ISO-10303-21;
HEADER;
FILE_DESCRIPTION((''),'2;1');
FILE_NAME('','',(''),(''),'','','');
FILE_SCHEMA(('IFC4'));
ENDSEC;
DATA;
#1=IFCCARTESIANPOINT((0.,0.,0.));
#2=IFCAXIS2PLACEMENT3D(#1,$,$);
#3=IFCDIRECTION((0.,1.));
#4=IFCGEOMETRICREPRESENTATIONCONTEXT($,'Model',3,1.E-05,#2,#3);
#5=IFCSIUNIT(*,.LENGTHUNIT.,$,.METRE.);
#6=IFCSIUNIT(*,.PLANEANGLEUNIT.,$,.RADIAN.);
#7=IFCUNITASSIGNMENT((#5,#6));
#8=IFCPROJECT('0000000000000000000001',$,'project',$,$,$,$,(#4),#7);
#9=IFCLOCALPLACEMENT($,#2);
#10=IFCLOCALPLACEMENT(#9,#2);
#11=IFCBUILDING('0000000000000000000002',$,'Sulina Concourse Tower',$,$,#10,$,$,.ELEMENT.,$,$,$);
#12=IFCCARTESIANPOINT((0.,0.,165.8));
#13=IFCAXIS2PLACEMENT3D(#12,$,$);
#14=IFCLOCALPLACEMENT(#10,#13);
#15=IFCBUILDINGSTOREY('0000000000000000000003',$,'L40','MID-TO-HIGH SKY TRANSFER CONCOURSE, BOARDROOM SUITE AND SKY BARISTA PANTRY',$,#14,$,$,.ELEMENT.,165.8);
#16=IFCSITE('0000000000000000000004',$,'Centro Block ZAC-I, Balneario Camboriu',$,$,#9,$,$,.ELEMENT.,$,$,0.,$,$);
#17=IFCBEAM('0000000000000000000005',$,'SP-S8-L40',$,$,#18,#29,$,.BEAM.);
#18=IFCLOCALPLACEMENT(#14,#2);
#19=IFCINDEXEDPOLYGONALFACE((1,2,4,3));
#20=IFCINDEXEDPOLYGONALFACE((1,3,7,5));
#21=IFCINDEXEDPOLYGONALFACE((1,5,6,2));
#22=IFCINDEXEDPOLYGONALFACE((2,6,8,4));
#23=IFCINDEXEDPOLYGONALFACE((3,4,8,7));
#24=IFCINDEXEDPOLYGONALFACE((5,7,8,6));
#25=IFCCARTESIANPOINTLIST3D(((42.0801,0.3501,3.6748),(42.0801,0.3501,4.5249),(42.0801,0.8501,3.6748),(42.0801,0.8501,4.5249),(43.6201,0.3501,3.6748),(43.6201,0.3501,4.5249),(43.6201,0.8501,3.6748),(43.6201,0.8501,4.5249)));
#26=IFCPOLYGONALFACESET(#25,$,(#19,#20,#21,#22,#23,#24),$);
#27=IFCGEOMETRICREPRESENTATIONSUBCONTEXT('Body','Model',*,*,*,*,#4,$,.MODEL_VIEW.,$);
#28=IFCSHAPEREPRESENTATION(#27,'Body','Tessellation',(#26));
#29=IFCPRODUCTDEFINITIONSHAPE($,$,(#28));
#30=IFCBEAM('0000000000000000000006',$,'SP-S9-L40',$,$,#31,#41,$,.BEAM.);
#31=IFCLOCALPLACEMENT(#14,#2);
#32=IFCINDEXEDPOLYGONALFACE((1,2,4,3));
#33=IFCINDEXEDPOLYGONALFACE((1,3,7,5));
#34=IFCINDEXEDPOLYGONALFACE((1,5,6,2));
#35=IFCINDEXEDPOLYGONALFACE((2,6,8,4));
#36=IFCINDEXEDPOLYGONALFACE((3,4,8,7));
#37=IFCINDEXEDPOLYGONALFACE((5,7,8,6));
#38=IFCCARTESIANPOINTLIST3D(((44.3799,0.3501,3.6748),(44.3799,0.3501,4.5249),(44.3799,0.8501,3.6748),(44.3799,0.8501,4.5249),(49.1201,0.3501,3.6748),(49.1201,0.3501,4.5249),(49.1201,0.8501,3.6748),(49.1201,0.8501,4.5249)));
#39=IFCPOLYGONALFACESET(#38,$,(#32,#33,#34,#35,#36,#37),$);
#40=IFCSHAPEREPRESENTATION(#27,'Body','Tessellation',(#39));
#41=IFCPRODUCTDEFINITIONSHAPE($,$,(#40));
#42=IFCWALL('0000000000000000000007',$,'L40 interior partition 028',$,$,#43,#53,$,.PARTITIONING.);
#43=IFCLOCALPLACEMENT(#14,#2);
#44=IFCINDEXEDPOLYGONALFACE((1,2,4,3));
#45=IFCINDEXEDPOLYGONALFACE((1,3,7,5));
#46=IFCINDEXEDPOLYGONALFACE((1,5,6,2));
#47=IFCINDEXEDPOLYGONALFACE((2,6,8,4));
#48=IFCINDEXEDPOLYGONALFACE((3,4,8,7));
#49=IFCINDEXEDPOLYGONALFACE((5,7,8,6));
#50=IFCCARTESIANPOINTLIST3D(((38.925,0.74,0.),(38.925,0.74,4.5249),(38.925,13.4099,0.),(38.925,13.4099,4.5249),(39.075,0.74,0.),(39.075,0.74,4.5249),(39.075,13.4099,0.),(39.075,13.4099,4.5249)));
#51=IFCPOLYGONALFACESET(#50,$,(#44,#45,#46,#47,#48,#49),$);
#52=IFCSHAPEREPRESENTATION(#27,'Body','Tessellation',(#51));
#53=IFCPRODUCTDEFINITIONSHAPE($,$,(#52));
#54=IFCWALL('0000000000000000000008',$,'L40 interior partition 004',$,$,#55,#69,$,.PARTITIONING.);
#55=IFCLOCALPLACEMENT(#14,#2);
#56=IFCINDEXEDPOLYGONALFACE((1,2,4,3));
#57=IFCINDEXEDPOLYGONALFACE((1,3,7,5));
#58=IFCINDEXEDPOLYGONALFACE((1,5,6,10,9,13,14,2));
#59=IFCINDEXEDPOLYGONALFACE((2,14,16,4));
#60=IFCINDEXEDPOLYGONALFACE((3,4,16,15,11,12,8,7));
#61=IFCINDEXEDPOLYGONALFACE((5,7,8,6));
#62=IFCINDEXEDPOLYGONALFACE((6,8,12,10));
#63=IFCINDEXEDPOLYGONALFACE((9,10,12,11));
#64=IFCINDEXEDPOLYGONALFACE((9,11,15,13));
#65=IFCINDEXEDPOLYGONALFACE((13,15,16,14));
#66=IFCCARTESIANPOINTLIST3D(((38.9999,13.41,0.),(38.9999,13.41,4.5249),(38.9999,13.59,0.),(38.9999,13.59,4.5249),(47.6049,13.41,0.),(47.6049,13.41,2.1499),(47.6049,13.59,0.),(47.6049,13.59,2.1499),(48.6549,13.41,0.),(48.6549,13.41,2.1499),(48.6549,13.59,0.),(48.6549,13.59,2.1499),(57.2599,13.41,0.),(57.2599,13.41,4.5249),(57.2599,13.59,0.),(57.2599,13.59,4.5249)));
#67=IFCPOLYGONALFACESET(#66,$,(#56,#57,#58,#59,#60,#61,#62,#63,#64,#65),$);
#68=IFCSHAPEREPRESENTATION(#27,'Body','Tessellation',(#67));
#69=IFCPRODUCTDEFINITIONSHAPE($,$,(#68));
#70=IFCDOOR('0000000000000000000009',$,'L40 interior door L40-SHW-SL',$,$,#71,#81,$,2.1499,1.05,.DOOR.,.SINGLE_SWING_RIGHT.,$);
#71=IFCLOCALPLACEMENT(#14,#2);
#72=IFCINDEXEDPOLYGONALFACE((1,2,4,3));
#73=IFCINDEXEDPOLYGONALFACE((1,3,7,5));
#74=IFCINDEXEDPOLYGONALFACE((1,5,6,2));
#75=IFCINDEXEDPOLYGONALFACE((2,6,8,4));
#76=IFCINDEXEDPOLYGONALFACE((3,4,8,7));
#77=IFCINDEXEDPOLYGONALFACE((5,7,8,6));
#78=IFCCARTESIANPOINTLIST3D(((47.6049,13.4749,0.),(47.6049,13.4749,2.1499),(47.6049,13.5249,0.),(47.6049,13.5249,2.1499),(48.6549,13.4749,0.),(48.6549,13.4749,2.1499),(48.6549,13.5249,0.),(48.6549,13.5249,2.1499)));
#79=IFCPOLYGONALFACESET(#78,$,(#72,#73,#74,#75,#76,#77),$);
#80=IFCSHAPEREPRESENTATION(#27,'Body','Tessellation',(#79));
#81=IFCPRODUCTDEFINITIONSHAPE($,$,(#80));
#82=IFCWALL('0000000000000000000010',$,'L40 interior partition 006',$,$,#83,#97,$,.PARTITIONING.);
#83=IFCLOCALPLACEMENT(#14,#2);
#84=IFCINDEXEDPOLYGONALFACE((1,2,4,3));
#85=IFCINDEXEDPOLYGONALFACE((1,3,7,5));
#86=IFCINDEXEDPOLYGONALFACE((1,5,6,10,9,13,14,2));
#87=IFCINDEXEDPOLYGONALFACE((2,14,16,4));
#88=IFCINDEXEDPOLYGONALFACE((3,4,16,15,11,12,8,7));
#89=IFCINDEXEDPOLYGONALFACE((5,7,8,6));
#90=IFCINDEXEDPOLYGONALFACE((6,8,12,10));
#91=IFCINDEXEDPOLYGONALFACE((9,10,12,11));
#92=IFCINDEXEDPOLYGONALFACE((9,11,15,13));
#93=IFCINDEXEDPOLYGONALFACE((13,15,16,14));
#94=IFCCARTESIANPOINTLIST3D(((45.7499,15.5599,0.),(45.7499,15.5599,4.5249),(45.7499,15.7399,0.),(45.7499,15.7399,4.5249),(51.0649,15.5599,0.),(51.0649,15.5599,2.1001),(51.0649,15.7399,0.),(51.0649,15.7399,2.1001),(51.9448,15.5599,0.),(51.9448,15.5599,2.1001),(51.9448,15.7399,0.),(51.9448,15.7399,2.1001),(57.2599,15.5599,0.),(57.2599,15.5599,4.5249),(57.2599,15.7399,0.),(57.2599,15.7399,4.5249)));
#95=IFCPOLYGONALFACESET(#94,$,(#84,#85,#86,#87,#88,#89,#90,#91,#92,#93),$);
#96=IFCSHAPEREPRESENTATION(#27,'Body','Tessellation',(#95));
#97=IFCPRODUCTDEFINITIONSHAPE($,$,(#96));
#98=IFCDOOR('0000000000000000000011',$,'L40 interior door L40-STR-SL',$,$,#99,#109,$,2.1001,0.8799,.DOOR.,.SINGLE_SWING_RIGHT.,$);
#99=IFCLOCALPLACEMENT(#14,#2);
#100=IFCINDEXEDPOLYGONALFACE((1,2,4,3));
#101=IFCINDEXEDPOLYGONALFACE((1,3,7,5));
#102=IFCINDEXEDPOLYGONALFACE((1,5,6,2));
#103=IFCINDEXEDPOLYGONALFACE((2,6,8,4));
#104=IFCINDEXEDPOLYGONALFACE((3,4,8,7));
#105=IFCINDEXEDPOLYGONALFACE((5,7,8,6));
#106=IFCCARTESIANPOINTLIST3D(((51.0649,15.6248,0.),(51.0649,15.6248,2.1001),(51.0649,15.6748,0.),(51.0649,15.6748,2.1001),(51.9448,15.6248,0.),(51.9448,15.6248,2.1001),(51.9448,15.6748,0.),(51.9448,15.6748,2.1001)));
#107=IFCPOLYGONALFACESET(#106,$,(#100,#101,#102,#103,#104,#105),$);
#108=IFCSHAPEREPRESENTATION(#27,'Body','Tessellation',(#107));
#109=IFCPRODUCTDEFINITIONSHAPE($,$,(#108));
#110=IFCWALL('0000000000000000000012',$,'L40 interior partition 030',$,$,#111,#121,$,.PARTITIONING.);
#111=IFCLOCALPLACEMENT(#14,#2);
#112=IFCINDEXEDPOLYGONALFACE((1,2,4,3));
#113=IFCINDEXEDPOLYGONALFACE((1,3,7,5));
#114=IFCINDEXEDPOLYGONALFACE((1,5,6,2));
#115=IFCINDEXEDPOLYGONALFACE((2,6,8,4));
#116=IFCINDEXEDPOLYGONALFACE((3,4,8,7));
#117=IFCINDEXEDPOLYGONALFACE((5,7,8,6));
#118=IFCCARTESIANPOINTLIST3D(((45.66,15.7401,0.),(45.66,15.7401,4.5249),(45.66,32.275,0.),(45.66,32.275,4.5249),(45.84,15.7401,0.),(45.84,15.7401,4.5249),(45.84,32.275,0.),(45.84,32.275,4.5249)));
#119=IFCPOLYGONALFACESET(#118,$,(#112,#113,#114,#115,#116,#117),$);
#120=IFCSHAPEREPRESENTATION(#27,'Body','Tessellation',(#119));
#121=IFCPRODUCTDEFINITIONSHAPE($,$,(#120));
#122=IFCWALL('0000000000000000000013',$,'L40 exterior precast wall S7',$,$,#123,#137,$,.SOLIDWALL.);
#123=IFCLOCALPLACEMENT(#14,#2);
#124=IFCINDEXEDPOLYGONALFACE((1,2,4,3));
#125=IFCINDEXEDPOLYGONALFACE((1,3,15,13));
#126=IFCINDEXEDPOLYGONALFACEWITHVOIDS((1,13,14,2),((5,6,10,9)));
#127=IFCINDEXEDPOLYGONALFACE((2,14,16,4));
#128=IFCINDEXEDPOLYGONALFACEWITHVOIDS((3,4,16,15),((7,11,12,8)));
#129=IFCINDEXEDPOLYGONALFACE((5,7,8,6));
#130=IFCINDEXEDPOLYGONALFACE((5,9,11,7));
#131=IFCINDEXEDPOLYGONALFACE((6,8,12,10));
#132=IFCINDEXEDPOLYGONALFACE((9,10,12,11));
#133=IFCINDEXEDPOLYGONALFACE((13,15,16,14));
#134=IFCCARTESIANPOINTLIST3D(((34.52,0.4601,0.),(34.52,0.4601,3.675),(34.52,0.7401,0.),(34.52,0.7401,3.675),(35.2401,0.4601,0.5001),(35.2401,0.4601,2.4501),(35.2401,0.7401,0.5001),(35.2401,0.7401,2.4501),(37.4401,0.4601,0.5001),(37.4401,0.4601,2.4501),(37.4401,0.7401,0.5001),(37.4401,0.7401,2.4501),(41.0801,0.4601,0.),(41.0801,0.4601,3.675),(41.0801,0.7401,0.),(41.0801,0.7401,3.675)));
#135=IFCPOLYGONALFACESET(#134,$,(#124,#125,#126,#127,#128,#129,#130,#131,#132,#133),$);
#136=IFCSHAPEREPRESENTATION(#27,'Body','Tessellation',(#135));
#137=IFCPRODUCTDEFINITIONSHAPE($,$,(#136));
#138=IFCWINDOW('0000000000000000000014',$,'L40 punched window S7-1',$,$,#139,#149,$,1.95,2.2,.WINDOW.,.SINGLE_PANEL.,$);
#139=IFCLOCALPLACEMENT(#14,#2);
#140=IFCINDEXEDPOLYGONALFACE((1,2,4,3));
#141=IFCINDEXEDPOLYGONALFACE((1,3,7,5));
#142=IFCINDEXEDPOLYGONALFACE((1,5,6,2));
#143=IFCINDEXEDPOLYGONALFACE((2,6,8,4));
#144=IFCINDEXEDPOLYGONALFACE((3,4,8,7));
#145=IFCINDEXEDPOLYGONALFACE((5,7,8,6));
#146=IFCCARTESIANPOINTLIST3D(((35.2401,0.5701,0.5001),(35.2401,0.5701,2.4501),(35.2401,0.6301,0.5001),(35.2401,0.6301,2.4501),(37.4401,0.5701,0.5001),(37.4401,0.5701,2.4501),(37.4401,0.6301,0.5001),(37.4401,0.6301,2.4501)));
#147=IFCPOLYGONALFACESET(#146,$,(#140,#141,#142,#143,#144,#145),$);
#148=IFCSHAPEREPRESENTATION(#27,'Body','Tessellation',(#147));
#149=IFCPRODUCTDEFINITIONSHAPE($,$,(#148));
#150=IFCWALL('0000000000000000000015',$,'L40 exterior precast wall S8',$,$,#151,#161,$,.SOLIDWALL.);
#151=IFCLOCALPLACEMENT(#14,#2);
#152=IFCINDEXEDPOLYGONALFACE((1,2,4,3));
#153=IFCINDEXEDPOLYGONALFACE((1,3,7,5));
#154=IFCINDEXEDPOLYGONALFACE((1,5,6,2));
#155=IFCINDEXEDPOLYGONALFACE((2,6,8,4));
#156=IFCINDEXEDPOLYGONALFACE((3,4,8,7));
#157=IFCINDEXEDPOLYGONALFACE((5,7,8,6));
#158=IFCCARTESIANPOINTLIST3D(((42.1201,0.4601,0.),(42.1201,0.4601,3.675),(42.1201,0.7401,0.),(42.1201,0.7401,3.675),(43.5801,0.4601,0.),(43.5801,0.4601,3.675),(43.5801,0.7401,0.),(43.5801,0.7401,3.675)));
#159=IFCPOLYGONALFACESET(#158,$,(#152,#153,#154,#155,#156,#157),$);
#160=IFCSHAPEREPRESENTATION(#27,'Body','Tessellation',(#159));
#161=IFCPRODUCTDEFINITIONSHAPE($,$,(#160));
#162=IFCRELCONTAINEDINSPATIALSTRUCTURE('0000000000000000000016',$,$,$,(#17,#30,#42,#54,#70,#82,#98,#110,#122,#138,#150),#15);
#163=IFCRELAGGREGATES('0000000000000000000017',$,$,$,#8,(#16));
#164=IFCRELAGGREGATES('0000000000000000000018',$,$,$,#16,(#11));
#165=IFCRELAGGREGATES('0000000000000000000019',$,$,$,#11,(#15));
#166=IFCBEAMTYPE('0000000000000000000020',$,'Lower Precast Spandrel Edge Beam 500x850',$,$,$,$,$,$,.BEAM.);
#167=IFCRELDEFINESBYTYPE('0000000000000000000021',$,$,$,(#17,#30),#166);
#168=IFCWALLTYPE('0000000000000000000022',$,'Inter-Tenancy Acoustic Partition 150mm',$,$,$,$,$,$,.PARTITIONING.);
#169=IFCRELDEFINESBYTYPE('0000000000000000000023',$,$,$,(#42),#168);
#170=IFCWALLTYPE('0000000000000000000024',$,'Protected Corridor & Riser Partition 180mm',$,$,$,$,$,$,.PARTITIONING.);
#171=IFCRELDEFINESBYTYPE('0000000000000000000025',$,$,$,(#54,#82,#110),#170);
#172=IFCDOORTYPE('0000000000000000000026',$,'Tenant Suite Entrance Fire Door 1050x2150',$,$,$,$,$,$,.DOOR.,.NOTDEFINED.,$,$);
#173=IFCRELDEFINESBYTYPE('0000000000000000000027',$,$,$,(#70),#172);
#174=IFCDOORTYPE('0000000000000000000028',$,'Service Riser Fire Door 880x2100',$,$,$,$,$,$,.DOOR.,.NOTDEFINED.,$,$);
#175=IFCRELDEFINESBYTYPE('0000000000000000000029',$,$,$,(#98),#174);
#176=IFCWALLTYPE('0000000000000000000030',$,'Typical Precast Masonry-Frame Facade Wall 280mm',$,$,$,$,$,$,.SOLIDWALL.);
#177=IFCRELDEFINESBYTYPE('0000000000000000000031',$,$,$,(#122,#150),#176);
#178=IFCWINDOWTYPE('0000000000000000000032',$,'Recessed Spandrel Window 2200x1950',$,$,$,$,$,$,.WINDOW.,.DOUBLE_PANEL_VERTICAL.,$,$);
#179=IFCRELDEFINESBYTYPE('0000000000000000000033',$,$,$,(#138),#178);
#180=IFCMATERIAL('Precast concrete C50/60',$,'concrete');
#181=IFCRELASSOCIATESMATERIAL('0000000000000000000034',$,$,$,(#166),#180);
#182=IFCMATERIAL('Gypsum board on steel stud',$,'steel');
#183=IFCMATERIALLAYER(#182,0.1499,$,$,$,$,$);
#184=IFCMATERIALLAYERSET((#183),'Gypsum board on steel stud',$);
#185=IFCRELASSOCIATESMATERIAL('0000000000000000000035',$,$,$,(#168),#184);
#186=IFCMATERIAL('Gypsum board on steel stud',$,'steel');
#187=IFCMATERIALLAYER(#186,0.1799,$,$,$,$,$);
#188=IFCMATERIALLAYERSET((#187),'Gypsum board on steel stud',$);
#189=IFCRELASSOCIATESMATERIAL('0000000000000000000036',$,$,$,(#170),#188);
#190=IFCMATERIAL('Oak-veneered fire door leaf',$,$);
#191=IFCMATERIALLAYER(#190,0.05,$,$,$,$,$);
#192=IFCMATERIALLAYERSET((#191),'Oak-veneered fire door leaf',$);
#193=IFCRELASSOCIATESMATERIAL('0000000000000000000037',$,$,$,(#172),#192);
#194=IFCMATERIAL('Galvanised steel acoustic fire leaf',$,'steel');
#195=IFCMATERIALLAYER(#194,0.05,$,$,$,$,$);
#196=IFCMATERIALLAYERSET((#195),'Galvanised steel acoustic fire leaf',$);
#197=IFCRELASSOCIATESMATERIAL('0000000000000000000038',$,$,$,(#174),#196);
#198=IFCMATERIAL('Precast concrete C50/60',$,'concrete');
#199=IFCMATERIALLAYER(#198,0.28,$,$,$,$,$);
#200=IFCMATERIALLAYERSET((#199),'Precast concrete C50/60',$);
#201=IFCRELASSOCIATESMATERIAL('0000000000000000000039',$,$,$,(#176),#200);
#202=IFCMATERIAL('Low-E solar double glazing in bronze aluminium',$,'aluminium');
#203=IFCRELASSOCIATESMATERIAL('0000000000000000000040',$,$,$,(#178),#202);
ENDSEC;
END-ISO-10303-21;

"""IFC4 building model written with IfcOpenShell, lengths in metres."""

from ifc_helpers import new_model, si_unit, direction, frame, frame_2d, origin, origin_2d, place, context, subcontext, project, spatial, rectangle, extrude, material, layer, layer_set, material_profile, profile_set, type_object, element, fill, save


model = new_model("IFC4")

# Units and contexts
model_context = context("Model", 3, precision=1e-05, world=origin(), true_north=direction((0.0, 1.0)))
body_context = subcontext(model_context, "Body", "Model", "MODEL_VIEW")
ifc_project = project(units=[si_unit("LENGTHUNIT", "METRE"), si_unit("PLANEANGLEUNIT", "RADIAN")], contexts=[model_context])

# Site, building, storey
site_placement = place(None, origin())
site = spatial("IfcSite", under=ifc_project, at=site_placement, Name="Centro Block ZAC-I, Balneario Camboriu", CompositionType="ELEMENT", RefElevation=0.0)
building_placement = place(site_placement, origin())
building = spatial("IfcBuilding", under=site, at=building_placement, Name="Sulina Concourse Tower", CompositionType="ELEMENT")
storey_placement = place(building_placement, frame((0.0, 0.0, 165.8)))
storey = spatial("IfcBuildingStorey", under=building, at=storey_placement, Name="L40", Description="MID-TO-HIGH SKY TRANSFER CONCOURSE, BOARDROOM SUITE AND SKY BARISTA PANTRY", CompositionType="ELEMENT", Elevation=165.8)

# Beams
ifc_material_1 = material(Name="Precast concrete C50/60", Category="concrete")
ifc_material_profile_1 = material_profile(ifc_material_1, rectangle(XDim=0.5, YDim=0.8501, at=origin_2d()), Name="RC 500x850")
ifc_profile_set_1 = profile_set([ifc_material_profile_1], Name="Precast concrete C50/60")
beam_type_1 = type_object("IfcBeamType", Name="Lower Precast Spandrel Edge Beam 500x850", PredefinedType="BEAM", material=ifc_profile_set_1)
beam_1_placement = place(storey_placement, frame((42.0801, 0.6001, 4.0999), z_axis=(1.0, 0.0, 0.0), x_axis=(0.0, 1.0, 0.0)))
element("IfcBeam", 1, at=beam_1_placement, inside=storey, type_object=beam_type_1, Name="SP-S8-L40", PredefinedType="BEAM", context=body_context, shape_type="SweptSolid", body=[
    extrude(rectangle(XDim=0.5, YDim=0.8501, at=origin_2d()), origin(), (0.0, 0.0, 1.0), 1.54),
])
beam_2_placement = place(storey_placement, frame((44.3799, 0.6001, 4.0999), z_axis=(1.0, 0.0, 0.0), x_axis=(0.0, 1.0, 0.0)))
element("IfcBeam", 2, at=beam_2_placement, inside=storey, type_object=beam_type_1, Name="SP-S9-L40", PredefinedType="BEAM", context=body_context, shape_type="SweptSolid", body=[
    extrude(rectangle(XDim=0.5, YDim=0.8501, at=origin_2d()), origin(), (0.0, 0.0, 1.0), 4.7402),
])

# Wall
ifc_material_2 = material(Name="Gypsum board on steel stud", Category="steel")
ifc_layer_1 = layer(ifc_material_2, 0.1499)
ifc_layer_set_1 = layer_set([ifc_layer_1], Name="Gypsum board on steel stud")
wall_type_1 = type_object("IfcWallType", Name="Inter-Tenancy Acoustic Partition 150mm", PredefinedType="PARTITIONING", material=ifc_layer_set_1)
wall_1_placement = place(storey_placement, frame((39.0, 0.74, 0.0), z_axis=(0.0, 0.0, 1.0), x_axis=(0.0, 1.0, 0.0)))
element("IfcWall", 3, at=wall_1_placement, inside=storey, type_object=wall_type_1, Name="L40 interior partition 028", PredefinedType="PARTITIONING", context=body_context, shape_type="SweptSolid", body=[
    extrude(rectangle(XDim=12.6699, YDim=0.1499, at=frame_2d((6.335, 0.0))), origin(), (0.0, 0.0, 1.0), 4.5249),
])

# Walls, openings, doors
ifc_material_3 = material(Name="Gypsum board on steel stud", Category="steel")
ifc_layer_2 = layer(ifc_material_3, 0.1799)
ifc_layer_set_2 = layer_set([ifc_layer_2], Name="Gypsum board on steel stud")
wall_type_2 = type_object("IfcWallType", Name="Protected Corridor & Riser Partition 180mm", PredefinedType="PARTITIONING", material=ifc_layer_set_2)
wall_2_placement = place(storey_placement, frame((39.0, 13.5, 0.0), z_axis=(0.0, 0.0, 1.0), x_axis=(1.0, 0.0, 0.0)))
wall_2 = element("IfcWall", 4, at=wall_2_placement, inside=storey, type_object=wall_type_2, Name="L40 interior partition 004", PredefinedType="PARTITIONING", context=body_context, shape_type="SweptSolid", body=[
    extrude(rectangle(XDim=18.26, YDim=0.1799, at=frame_2d((9.1299, 0.0))), origin(), (0.0, 0.0, 1.0), 4.5249),
])
opening_1_placement = place(wall_2_placement, frame((8.605, 0.0, 0.0)))
opening_1 = element("IfcOpeningElement", 5, at=opening_1_placement, cuts=wall_2, PredefinedType="OPENING", context=body_context, shape_type="SweptSolid", body=[
    extrude(rectangle(XDim=1.05, YDim=2.1499, at=frame_2d((0.5249, 1.075))), frame((0.0, 0.0999, 0.0), z_axis=(0.0, -1.0, 0.0), x_axis=(1.0, 0.0, 0.0)), (0.0, 0.0, 1.0), 0.2),
])
ifc_material_4 = material(Name="Oak-veneered fire door leaf")
ifc_layer_3 = layer(ifc_material_4, 0.05)
ifc_layer_set_3 = layer_set([ifc_layer_3], Name="Oak-veneered fire door leaf")
door_type_1 = type_object("IfcDoorType", Name="Tenant Suite Entrance Fire Door 1050x2150", OperationType="NOTDEFINED", PredefinedType="DOOR", material=ifc_layer_set_3)
door_1_placement = place(opening_1_placement, origin())
door_1 = element("IfcDoor", 6, at=door_1_placement, inside=storey, type_object=door_type_1, Name="L40 interior door L40-SHW-SL", OperationType="SINGLE_SWING_RIGHT", OverallHeight=2.1499, OverallWidth=1.05, PredefinedType="DOOR", context=body_context, shape_type="SweptSolid", body=[
    extrude(rectangle(XDim=1.05, YDim=2.1499, at=frame_2d((0.5249, 1.075))), frame((0.0, 0.0249, 0.0), z_axis=(0.0, -1.0, 0.0), x_axis=(1.0, 0.0, 0.0)), (0.0, 0.0, 1.0), 0.05),
])
fill(opening_1, door_1)
wall_3_placement = place(storey_placement, frame((45.75, 15.6499, 0.0), z_axis=(0.0, 0.0, 1.0), x_axis=(1.0, 0.0, 0.0)))
wall_3 = element("IfcWall", 7, at=wall_3_placement, inside=storey, type_object=wall_type_2, Name="L40 interior partition 006", PredefinedType="PARTITIONING", context=body_context, shape_type="SweptSolid", body=[
    extrude(rectangle(XDim=11.51, YDim=0.1799, at=frame_2d((5.7549, 0.0))), origin(), (0.0, 0.0, 1.0), 4.5249),
])
opening_2_placement = place(wall_3_placement, frame((5.3149, 0.0, 0.0)))
opening_2 = element("IfcOpeningElement", 8, at=opening_2_placement, cuts=wall_3, PredefinedType="OPENING", context=body_context, shape_type="SweptSolid", body=[
    extrude(rectangle(XDim=0.8799, YDim=2.1001, at=frame_2d((0.4399, 1.05))), frame((0.0, 0.0999, 0.0), z_axis=(0.0, -1.0, 0.0), x_axis=(1.0, 0.0, 0.0)), (0.0, 0.0, 1.0), 0.2),
])
ifc_material_5 = material(Name="Galvanised steel acoustic fire leaf", Category="steel")
ifc_layer_4 = layer(ifc_material_5, 0.05)
ifc_layer_set_4 = layer_set([ifc_layer_4], Name="Galvanised steel acoustic fire leaf")
door_type_2 = type_object("IfcDoorType", Name="Service Riser Fire Door 880x2100", OperationType="NOTDEFINED", PredefinedType="DOOR", material=ifc_layer_set_4)
door_2_placement = place(opening_2_placement, origin())
door_2 = element("IfcDoor", 9, at=door_2_placement, inside=storey, type_object=door_type_2, Name="L40 interior door L40-STR-SL", OperationType="SINGLE_SWING_RIGHT", OverallHeight=2.1001, OverallWidth=0.8799, PredefinedType="DOOR", context=body_context, shape_type="SweptSolid", body=[
    extrude(rectangle(XDim=0.8799, YDim=2.1001, at=frame_2d((0.4399, 1.05))), frame((0.0, 0.0249, 0.0), z_axis=(0.0, -1.0, 0.0), x_axis=(1.0, 0.0, 0.0)), (0.0, 0.0, 1.0), 0.05),
])
fill(opening_2, door_2)

# Wall
wall_4_placement = place(storey_placement, frame((45.75, 15.74, 0.0), z_axis=(0.0, 0.0, 1.0), x_axis=(0.0, 1.0, 0.0)))
element("IfcWall", 10, at=wall_4_placement, inside=storey, type_object=wall_type_2, Name="L40 interior partition 030", PredefinedType="PARTITIONING", context=body_context, shape_type="SweptSolid", body=[
    extrude(rectangle(XDim=16.5349, YDim=0.1799, at=frame_2d((8.2676, 0.0))), origin(), (0.0, 0.0, 1.0), 4.5249),
])

# Wall, opening, window
ifc_material_6 = material(Name="Precast concrete C50/60", Category="concrete")
ifc_layer_5 = layer(ifc_material_6, 0.28)
ifc_layer_set_5 = layer_set([ifc_layer_5], Name="Precast concrete C50/60")
wall_type_3 = type_object("IfcWallType", Name="Typical Precast Masonry-Frame Facade Wall 280mm", PredefinedType="SOLIDWALL", material=ifc_layer_set_5)
wall_5_placement = place(storey_placement, frame((41.0801, 0.6001, 0.0), z_axis=(0.0, 0.0, 1.0), x_axis=(-1.0, 0.0, 0.0)))
wall_5 = element("IfcWall", 11, at=wall_5_placement, inside=storey, type_object=wall_type_3, Name="L40 exterior precast wall S7", PredefinedType="SOLIDWALL", context=body_context, shape_type="SweptSolid", body=[
    extrude(rectangle(XDim=6.5601, YDim=0.28, at=frame_2d((3.28, 0.0))), origin(), (0.0, 0.0, 1.0), 3.675),
])
opening_3_placement = place(wall_5_placement, frame((3.6399, 0.0, 0.5)))
opening_3 = element("IfcOpeningElement", 12, at=opening_3_placement, cuts=wall_5, PredefinedType="OPENING", context=body_context, shape_type="SweptSolid", body=[
    extrude(rectangle(XDim=2.2, YDim=1.95, at=frame_2d((1.1001, 0.9751))), frame((0.0, 0.1499, 0.0), z_axis=(0.0, -1.0, 0.0), x_axis=(1.0, 0.0, 0.0)), (0.0, 0.0, 1.0), 0.3),
])
ifc_material_7 = material(Name="Low-E solar double glazing in bronze aluminium", Category="aluminium")
window_type = type_object("IfcWindowType", Name="Recessed Spandrel Window 2200x1950", PartitioningType="DOUBLE_PANEL_VERTICAL", PredefinedType="WINDOW", material=ifc_material_7)
window_placement = place(opening_3_placement, origin())
window = element("IfcWindow", 13, at=window_placement, inside=storey, type_object=window_type, Name="L40 punched window S7-1", OverallHeight=1.95, OverallWidth=2.2, PartitioningType="SINGLE_PANEL", PredefinedType="WINDOW", context=body_context, shape_type="SweptSolid", body=[
    extrude(rectangle(XDim=2.2, YDim=1.95, at=frame_2d((1.1001, 0.9751))), frame((0.0, 0.03, 0.0), z_axis=(0.0, -1.0, 0.0), x_axis=(1.0, 0.0, 0.0)), (0.0, 0.0, 1.0), 0.0601),
])
fill(opening_3, window)

# Wall
wall_6_placement = place(storey_placement, frame((43.5801, 0.6001, 0.0), z_axis=(0.0, 0.0, 1.0), x_axis=(-1.0, 0.0, 0.0)))
element("IfcWall", 14, at=wall_6_placement, inside=storey, type_object=wall_type_3, Name="L40 exterior precast wall S8", PredefinedType="SOLIDWALL", context=body_context, shape_type="SweptSolid", body=[
    extrude(rectangle(XDim=1.46, YDim=0.28, at=frame_2d((0.73, 0.0))), origin(), (0.0, 0.0, 1.0), 3.675),
])

save(model, "model.ifc")
